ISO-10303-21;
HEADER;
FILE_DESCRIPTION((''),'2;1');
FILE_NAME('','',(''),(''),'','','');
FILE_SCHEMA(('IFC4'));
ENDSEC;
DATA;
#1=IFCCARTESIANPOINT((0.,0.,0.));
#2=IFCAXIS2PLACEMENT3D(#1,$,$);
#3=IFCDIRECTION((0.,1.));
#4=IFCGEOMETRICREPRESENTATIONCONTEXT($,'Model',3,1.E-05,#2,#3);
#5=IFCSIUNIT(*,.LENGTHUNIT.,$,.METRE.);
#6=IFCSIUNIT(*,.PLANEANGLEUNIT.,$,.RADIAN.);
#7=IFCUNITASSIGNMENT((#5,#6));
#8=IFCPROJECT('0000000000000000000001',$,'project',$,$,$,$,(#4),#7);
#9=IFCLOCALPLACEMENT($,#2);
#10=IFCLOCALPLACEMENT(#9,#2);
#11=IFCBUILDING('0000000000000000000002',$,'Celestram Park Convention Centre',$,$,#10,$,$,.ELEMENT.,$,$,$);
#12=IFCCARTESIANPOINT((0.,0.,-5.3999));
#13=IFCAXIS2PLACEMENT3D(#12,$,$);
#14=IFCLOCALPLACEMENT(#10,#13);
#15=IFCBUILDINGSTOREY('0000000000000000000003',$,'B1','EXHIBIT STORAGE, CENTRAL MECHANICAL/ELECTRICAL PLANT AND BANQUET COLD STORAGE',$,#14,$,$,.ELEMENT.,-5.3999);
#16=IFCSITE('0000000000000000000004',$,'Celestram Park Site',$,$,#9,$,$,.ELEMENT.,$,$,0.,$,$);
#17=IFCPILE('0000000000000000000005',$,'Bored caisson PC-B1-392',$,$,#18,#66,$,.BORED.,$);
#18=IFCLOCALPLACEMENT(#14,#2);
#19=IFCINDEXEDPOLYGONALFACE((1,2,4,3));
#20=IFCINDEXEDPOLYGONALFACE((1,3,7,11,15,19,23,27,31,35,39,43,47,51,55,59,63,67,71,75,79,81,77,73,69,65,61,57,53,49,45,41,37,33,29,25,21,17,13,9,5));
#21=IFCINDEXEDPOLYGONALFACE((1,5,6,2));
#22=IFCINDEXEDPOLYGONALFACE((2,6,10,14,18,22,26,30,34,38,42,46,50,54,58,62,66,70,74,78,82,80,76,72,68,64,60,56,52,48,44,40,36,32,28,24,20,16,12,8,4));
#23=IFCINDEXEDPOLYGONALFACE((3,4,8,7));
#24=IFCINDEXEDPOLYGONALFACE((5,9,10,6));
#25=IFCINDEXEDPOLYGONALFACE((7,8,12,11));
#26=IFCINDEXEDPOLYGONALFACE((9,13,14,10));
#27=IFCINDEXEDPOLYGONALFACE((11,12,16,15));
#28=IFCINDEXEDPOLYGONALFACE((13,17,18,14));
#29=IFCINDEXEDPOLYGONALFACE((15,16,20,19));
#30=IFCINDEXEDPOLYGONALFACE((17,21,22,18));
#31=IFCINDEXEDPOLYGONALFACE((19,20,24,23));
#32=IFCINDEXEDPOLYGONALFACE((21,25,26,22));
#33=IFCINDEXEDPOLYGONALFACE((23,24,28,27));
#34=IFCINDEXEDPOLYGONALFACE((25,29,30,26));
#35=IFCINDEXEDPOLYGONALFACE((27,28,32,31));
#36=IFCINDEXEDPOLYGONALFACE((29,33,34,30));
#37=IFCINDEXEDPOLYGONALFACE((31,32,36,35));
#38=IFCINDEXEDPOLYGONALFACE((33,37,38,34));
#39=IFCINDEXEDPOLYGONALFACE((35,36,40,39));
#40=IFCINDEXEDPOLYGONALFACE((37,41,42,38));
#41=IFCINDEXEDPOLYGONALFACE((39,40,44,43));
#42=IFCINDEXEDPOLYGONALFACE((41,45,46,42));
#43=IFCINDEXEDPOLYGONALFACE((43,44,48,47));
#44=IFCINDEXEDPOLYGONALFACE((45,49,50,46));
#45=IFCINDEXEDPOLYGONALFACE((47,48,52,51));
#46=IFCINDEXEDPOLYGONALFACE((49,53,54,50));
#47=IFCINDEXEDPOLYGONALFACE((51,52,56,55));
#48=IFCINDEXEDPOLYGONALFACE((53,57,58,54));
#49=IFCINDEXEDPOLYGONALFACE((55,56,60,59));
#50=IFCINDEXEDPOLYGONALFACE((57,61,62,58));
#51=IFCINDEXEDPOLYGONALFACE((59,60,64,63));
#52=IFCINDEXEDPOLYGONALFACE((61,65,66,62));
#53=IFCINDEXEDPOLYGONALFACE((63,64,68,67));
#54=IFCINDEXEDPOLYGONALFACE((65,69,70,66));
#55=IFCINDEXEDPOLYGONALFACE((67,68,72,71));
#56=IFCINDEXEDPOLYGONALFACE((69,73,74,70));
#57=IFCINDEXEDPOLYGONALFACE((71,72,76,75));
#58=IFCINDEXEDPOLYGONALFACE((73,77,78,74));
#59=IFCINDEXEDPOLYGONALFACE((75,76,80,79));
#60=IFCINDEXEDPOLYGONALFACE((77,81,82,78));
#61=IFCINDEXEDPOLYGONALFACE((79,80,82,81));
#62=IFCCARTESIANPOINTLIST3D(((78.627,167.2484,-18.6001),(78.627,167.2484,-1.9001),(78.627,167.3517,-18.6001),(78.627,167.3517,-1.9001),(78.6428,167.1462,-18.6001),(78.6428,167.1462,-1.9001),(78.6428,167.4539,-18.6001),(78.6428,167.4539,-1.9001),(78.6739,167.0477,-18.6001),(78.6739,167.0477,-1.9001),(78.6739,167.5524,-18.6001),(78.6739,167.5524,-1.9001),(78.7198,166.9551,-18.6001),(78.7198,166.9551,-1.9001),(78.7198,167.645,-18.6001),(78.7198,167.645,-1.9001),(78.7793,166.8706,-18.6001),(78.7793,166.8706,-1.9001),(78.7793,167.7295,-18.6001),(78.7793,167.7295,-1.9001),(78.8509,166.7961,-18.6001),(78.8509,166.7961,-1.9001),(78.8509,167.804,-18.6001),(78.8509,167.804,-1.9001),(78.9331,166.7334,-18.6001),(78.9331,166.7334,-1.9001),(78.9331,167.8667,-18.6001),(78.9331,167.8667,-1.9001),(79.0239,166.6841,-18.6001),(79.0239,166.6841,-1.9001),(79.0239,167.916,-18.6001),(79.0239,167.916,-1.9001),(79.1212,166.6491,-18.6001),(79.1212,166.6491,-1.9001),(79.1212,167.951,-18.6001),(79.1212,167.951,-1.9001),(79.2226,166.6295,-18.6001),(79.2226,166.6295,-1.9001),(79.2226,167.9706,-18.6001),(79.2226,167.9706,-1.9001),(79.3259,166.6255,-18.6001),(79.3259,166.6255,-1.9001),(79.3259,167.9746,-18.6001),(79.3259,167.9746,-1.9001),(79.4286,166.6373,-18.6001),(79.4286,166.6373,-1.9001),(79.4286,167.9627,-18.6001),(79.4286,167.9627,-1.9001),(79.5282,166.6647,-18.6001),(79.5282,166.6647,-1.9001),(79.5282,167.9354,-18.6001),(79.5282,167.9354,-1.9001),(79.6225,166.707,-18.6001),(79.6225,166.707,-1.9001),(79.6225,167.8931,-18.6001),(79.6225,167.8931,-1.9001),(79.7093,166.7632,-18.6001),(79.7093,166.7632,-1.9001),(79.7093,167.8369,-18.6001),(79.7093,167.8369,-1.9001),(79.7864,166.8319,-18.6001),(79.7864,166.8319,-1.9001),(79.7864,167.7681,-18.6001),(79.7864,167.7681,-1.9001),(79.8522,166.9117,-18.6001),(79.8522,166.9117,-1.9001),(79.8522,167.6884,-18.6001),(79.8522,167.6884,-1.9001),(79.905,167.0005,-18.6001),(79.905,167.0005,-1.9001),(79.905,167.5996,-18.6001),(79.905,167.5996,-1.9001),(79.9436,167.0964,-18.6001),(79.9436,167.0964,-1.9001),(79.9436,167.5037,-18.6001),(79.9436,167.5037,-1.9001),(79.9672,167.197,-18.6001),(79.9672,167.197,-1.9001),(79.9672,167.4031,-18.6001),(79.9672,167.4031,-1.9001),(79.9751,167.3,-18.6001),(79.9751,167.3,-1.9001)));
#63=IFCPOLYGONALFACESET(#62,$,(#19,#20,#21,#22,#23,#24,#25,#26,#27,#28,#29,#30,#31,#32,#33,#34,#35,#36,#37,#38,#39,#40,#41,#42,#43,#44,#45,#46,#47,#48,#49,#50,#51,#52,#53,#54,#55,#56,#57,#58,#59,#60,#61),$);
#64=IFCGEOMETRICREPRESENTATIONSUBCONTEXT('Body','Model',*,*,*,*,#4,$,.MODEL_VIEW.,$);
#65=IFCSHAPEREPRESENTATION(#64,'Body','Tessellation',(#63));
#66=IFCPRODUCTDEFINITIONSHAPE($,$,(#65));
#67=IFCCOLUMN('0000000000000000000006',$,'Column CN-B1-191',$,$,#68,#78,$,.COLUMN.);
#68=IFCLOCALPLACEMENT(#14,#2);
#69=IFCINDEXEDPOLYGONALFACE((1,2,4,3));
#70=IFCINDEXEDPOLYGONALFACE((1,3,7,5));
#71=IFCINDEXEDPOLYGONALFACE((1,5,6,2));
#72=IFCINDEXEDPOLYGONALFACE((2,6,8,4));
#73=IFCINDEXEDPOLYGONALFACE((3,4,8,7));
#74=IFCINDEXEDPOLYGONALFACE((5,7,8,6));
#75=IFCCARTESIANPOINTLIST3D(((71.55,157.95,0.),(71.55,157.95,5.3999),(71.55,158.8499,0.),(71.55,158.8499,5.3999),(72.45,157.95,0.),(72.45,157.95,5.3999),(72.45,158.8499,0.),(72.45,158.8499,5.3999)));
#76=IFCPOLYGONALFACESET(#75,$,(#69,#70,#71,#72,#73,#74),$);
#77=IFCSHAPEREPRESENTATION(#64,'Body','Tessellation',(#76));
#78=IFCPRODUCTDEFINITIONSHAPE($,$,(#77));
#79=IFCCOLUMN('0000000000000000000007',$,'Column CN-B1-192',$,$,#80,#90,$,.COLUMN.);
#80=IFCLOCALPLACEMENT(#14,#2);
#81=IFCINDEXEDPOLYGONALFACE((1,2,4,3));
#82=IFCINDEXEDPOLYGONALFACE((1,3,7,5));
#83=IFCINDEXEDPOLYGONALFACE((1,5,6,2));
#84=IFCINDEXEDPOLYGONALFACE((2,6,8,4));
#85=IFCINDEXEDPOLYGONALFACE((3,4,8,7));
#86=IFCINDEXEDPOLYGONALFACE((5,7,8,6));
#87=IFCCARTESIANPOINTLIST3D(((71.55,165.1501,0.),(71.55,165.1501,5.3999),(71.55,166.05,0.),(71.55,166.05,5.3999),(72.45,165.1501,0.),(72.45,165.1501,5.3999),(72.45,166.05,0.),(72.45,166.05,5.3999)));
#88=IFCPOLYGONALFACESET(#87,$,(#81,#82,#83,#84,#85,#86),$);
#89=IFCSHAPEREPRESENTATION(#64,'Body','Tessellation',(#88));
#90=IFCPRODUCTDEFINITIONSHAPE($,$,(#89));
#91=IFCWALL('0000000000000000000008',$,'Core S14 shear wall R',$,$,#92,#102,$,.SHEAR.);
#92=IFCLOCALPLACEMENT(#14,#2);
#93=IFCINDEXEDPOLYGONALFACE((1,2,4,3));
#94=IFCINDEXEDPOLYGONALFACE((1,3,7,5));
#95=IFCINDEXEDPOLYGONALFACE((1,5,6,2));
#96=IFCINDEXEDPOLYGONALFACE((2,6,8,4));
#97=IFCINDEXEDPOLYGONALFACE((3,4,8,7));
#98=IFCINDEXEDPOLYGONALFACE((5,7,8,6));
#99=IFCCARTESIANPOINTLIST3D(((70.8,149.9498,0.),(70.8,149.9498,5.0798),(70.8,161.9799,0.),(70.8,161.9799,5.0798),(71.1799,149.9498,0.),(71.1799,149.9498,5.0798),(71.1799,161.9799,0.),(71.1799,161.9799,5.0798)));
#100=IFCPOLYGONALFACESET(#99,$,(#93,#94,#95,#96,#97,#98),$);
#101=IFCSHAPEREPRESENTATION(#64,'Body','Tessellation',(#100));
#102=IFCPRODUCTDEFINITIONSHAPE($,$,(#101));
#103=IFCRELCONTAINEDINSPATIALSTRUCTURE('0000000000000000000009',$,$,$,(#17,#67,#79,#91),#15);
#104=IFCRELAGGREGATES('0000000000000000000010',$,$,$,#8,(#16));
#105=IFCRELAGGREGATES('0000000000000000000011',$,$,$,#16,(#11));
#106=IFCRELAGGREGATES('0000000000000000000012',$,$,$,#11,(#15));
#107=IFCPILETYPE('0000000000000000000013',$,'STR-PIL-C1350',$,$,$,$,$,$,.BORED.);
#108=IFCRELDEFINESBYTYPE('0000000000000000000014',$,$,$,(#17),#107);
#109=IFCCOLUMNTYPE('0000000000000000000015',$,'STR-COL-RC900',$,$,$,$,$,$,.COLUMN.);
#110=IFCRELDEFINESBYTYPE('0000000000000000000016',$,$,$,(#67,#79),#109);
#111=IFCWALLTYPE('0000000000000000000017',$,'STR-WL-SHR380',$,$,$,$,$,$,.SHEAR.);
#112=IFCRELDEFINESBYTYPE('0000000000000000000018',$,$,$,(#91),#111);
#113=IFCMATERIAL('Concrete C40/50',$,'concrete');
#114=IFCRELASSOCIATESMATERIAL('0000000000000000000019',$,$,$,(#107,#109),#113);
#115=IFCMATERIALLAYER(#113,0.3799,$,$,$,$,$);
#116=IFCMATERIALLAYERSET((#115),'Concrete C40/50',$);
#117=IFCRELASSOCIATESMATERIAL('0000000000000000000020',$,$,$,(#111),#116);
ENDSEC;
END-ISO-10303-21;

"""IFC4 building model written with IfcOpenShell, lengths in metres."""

from ifc_helpers import new_model, si_unit, direction, frame, frame_2d, origin, origin_2d, place, context, subcontext, project, spatial, rectangle, circle, extrude, material, layer, layer_set, material_profile, profile_set, type_object, element, save


model = new_model("IFC4")

# Units and contexts
model_context = context("Model", 3, precision=1e-05, world=origin(), true_north=direction((0.0, 1.0)))
body_context = subcontext(model_context, "Body", "Model", "MODEL_VIEW")
ifc_project = project(units=[si_unit("LENGTHUNIT", "METRE"), si_unit("PLANEANGLEUNIT", "RADIAN")], contexts=[model_context])

# Site, building, storey
site_placement = place(None, origin())
site = spatial("IfcSite", under=ifc_project, at=site_placement, Name="Celestram Park Site", CompositionType="ELEMENT", RefElevation=0.0)
building_placement = place(site_placement, origin())
building = spatial("IfcBuilding", under=site, at=building_placement, Name="Celestram Park Convention Centre", CompositionType="ELEMENT")
storey_placement = place(building_placement, frame((0.0, 0.0, -5.3999)))
storey = spatial("IfcBuildingStorey", under=building, at=storey_placement, Name="B1", Description="EXHIBIT STORAGE, CENTRAL MECHANICAL/ELECTRICAL PLANT AND BANQUET COLD STORAGE", CompositionType="ELEMENT", Elevation=-5.3999)

# Shared definitions
ifc_material_1 = material(Name="Concrete C40/50", Category="concrete")

# Pile
ifc_material_profile_1 = material_profile(ifc_material_1, circle(Radius=0.675, at=origin_2d()), Name="CAISSON1350")
ifc_profile_set_1 = profile_set([ifc_material_profile_1], Name="Concrete C40/50")
pile_type = type_object("IfcPileType", Name="STR-PIL-C1350", PredefinedType="BORED", material=ifc_profile_set_1)
for number, where, z_axis, x_axis, name in (
    (1, (79.3, 167.3, -1.9001), (0.0, 0.0, -1.0), (1.0, 0.0, 0.0), "Bored caisson PC-B1-392"),
):
    element("IfcPile", number, at=place(storey_placement, frame(where, z_axis=z_axis, x_axis=x_axis)), inside=storey, type_object=pile_type, Name=name, PredefinedType="BORED", context=body_context, shape_type="SweptSolid", body=[
        extrude(circle(Radius=0.675, at=origin_2d()), origin(), (0.0, 0.0, 1.0), 16.7),
    ])

# Columns
ifc_material_profile_2 = material_profile(ifc_material_1, rectangle(XDim=0.8999, YDim=0.8999, at=origin_2d()), Name="RC900X900")
ifc_profile_set_2 = profile_set([ifc_material_profile_2], Name="Concrete C40/50")
column_type = type_object("IfcColumnType", Name="STR-COL-RC900", PredefinedType="COLUMN", material=ifc_profile_set_2)
for number, where, z_axis, x_axis, name in (
    (2, (72.0, 158.3999, 0.0), (0.0, 0.0, 1.0), (1.0, 0.0, 0.0), "Column CN-B1-191"),
    (3, (72.0, 165.6001, 0.0), (0.0, 0.0, 1.0), (1.0, 0.0, 0.0), "Column CN-B1-192"),
):
    element("IfcColumn", number, at=place(storey_placement, frame(where, z_axis=z_axis, x_axis=x_axis)), inside=storey, type_object=column_type, Name=name, PredefinedType="COLUMN", context=body_context, shape_type="SweptSolid", body=[
        extrude(rectangle(XDim=0.8999, YDim=0.8999, at=origin_2d()), origin(), (0.0, 0.0, 1.0), 5.3999),
    ])

# Wall
ifc_layer_1 = layer(ifc_material_1, 0.3799)
ifc_layer_set_1 = layer_set([ifc_layer_1], Name="Concrete C40/50")
wall_type = type_object("IfcWallType", Name="STR-WL-SHR380", PredefinedType="SHEAR", material=ifc_layer_set_1)
wall_placement = place(storey_placement, frame((70.99, 161.98, 0.0), z_axis=(0.0, 0.0, 1.0), x_axis=(0.0, -1.0, 0.0)))
element("IfcWall", 4, at=wall_placement, inside=storey, type_object=wall_type, Name="Core S14 shear wall R", PredefinedType="SHEAR", context=body_context, shape_type="SweptSolid", body=[
    extrude(rectangle(XDim=12.03, YDim=0.3799, at=frame_2d((6.0151, 0.0))), origin(), (0.0, 0.0, 1.0), 5.0798),
])

save(model, "model.ifc")
